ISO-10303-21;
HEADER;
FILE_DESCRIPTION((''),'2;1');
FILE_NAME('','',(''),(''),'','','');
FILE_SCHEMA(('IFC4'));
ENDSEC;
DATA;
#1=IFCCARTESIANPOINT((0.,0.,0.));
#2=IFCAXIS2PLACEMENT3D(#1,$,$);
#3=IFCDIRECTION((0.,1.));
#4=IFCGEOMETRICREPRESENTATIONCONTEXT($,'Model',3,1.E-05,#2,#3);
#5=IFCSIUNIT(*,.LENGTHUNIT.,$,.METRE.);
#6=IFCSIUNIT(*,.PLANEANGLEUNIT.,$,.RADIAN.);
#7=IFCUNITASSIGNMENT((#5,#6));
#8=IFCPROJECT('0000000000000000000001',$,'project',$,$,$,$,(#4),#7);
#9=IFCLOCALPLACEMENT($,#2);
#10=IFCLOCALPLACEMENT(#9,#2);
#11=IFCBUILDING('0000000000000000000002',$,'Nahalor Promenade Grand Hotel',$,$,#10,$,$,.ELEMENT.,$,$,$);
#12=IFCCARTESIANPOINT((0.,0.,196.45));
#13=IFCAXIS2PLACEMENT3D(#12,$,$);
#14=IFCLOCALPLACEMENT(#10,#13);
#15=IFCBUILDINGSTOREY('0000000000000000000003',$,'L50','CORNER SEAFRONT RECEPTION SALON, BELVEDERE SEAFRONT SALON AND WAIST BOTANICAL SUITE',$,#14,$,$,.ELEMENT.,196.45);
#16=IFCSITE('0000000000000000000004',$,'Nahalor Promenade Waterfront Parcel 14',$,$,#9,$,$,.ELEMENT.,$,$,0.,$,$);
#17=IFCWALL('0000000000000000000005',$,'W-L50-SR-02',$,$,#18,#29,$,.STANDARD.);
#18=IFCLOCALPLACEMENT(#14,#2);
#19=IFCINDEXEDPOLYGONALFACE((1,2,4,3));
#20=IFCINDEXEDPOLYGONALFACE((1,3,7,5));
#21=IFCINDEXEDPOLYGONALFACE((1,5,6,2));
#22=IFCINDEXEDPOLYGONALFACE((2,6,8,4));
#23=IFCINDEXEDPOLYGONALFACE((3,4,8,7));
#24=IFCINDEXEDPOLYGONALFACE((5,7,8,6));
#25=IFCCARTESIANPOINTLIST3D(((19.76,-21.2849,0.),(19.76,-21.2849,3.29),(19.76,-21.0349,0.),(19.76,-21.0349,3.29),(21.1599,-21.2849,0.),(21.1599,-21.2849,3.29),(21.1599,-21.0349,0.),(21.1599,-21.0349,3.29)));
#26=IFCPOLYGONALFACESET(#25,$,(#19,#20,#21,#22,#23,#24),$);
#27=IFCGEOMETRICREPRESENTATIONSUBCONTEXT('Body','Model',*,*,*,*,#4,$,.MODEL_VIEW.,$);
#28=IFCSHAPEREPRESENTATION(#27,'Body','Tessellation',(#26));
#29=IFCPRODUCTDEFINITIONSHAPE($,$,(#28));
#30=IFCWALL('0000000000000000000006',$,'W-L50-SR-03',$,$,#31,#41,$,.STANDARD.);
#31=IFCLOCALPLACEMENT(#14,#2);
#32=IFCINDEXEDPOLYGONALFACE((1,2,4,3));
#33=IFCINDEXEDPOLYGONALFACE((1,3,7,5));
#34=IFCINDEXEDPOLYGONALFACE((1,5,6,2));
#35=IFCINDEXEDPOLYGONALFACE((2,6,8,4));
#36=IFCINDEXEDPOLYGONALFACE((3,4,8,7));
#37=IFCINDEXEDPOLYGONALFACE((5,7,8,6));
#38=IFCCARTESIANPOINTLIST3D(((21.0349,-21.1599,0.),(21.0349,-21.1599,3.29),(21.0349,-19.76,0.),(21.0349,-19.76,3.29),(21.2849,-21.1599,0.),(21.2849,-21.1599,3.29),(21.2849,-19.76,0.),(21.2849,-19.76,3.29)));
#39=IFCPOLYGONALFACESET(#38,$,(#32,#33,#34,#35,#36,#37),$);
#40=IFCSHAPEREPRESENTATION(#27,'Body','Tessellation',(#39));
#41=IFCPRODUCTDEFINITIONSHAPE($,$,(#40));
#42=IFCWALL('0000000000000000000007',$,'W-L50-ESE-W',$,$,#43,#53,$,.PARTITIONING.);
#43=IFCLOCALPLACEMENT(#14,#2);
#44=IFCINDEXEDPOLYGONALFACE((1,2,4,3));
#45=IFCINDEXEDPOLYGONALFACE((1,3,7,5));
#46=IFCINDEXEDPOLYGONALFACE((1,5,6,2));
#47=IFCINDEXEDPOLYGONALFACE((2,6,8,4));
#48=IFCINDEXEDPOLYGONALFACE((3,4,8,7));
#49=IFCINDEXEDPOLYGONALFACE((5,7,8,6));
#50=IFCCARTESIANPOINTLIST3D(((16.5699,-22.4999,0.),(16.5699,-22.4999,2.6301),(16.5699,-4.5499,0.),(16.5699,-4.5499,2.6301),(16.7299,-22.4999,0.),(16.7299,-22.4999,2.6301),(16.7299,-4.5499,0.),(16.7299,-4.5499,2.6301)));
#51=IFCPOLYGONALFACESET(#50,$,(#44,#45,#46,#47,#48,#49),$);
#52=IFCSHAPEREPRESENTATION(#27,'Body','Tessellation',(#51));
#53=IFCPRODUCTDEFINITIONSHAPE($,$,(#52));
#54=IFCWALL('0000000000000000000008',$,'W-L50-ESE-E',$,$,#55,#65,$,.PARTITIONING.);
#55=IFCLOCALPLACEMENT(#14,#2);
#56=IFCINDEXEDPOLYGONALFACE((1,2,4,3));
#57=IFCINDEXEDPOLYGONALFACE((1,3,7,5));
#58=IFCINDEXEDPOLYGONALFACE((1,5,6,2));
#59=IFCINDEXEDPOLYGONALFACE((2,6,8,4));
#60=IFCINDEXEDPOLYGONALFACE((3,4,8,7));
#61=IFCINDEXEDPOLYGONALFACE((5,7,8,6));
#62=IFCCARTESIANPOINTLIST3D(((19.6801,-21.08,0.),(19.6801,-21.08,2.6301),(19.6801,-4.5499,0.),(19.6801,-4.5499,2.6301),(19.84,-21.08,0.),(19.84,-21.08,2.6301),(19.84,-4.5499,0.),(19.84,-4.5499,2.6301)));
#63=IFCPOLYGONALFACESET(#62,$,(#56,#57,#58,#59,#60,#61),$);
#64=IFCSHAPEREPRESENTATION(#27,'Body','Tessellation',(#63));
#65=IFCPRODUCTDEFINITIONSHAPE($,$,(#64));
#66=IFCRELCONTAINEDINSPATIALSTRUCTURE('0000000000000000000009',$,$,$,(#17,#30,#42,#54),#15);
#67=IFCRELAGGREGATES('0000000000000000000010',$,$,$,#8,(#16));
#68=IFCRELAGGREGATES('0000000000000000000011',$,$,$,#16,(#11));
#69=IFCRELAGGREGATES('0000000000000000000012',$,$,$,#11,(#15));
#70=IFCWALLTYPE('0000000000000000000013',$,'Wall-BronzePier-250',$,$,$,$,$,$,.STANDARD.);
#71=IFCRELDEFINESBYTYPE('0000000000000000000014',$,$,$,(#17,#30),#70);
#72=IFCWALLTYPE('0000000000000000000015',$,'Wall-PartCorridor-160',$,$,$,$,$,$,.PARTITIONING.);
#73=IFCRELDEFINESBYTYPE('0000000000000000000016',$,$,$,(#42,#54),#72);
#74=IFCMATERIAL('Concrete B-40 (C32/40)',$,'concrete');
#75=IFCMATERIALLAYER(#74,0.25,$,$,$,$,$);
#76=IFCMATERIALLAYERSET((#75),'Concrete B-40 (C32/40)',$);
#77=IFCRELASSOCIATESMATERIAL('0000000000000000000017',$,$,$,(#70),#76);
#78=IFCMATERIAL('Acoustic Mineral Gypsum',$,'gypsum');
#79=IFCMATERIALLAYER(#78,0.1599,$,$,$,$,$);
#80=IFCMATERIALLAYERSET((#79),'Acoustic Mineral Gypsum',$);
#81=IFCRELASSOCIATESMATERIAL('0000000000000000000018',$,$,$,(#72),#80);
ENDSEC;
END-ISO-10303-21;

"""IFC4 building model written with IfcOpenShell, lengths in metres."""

from ifc_helpers import new_model, si_unit, direction, frame, frame_2d, origin, place, context, subcontext, project, spatial, rectangle, extrude, source, transform, mapped, material, layer, layer_set, type_object, element, save


model = new_model("IFC4")

# Units and contexts
model_context = context("Model", 3, precision=1e-05, world=origin(), true_north=direction((0.0, 1.0)))
body_context = subcontext(model_context, "Body", "Model", "MODEL_VIEW")
ifc_project = project(units=[si_unit("LENGTHUNIT", "METRE"), si_unit("PLANEANGLEUNIT", "RADIAN")], contexts=[model_context])

# Site, building, storey
site_placement = place(None, origin())
site = spatial("IfcSite", under=ifc_project, at=site_placement, Name="Nahalor Promenade Waterfront Parcel 14", CompositionType="ELEMENT", RefElevation=0.0)
building_placement = place(site_placement, origin())
building = spatial("IfcBuilding", under=site, at=building_placement, Name="Nahalor Promenade Grand Hotel", CompositionType="ELEMENT")
storey_placement = place(building_placement, frame((0.0, 0.0, 196.45)))
storey = spatial("IfcBuildingStorey", under=building, at=storey_placement, Name="L50", Description="CORNER SEAFRONT RECEPTION SALON, BELVEDERE SEAFRONT SALON AND WAIST BOTANICAL SUITE", CompositionType="ELEMENT", Elevation=196.45)

# Walls
ifc_material_1 = material(Name="Concrete B-40 (C32/40)", Category="concrete")
ifc_layer_1 = layer(ifc_material_1, 0.25)
ifc_layer_set_1 = layer_set([ifc_layer_1], Name="Concrete B-40 (C32/40)")
wall_type_1 = type_object("IfcWallType", Name="Wall-BronzePier-250", PredefinedType="STANDARD", material=ifc_layer_set_1)
shared_shape_1 = source(origin(), body_context, "Body", "SweptSolid", [
    extrude(rectangle(XDim=1.3999, YDim=0.25, at=frame_2d((0.7, 0.0))), origin(), (0.0, 0.0, 1.0), 3.29),
])
for number, where, z_axis, x_axis, name in (
    (1, (19.76, -21.1599, 0.0), (0.0, 0.0, 1.0), (1.0, 0.0, 0.0), "W-L50-SR-02"),
    (2, (21.1599, -21.1599, 0.0), (0.0, 0.0, 1.0), (0.0, 1.0, 0.0), "W-L50-SR-03"),
):
    element("IfcWall", number, at=place(storey_placement, frame(where, z_axis=z_axis, x_axis=x_axis)), inside=storey, type_object=wall_type_1, Name=name, PredefinedType="STANDARD", context=body_context, shape_type="MappedRepresentation", body=[
        mapped(shared_shape_1, transform((0.0, 0.0, 0.0), scale=1.0)),
    ])
ifc_material_2 = material(Name="Acoustic Mineral Gypsum", Category="gypsum")
ifc_layer_2 = layer(ifc_material_2, 0.1599)
ifc_layer_set_2 = layer_set([ifc_layer_2], Name="Acoustic Mineral Gypsum")
wall_type_2 = type_object("IfcWallType", Name="Wall-PartCorridor-160", PredefinedType="PARTITIONING", material=ifc_layer_set_2)
shared_shape_2 = source(origin(), body_context, "Body", "SweptSolid", [
    extrude(rectangle(XDim=17.95, YDim=0.1599, at=frame_2d((8.9751, 0.0))), origin(), (0.0, 0.0, 1.0), 2.6301),
])
wall_1_placement = place(storey_placement, frame((16.6499, -22.5, 0.0), z_axis=(0.0, 0.0, 1.0), x_axis=(0.0, 1.0, 0.0)))
element("IfcWall", 3, at=wall_1_placement, inside=storey, type_object=wall_type_2, Name="W-L50-ESE-W", PredefinedType="PARTITIONING", context=body_context, shape_type="MappedRepresentation", body=[
    mapped(shared_shape_2, transform((0.0, 0.0, 0.0), scale=1.0)),
])
shared_shape_3 = source(origin(), body_context, "Body", "SweptSolid", [
    extrude(rectangle(XDim=16.53, YDim=0.1599, at=frame_2d((8.2651, 0.0))), origin(), (0.0, 0.0, 1.0), 2.6301),
])
wall_2_placement = place(storey_placement, frame((19.76, -21.0801, 0.0), z_axis=(0.0, 0.0, 1.0), x_axis=(0.0, 1.0, 0.0)))
element("IfcWall", 4, at=wall_2_placement, inside=storey, type_object=wall_type_2, Name="W-L50-ESE-E", PredefinedType="PARTITIONING", context=body_context, shape_type="MappedRepresentation", body=[
    mapped(shared_shape_3, transform((0.0, 0.0, 0.0), scale=1.0)),
])

save(model, "model.ifc")
